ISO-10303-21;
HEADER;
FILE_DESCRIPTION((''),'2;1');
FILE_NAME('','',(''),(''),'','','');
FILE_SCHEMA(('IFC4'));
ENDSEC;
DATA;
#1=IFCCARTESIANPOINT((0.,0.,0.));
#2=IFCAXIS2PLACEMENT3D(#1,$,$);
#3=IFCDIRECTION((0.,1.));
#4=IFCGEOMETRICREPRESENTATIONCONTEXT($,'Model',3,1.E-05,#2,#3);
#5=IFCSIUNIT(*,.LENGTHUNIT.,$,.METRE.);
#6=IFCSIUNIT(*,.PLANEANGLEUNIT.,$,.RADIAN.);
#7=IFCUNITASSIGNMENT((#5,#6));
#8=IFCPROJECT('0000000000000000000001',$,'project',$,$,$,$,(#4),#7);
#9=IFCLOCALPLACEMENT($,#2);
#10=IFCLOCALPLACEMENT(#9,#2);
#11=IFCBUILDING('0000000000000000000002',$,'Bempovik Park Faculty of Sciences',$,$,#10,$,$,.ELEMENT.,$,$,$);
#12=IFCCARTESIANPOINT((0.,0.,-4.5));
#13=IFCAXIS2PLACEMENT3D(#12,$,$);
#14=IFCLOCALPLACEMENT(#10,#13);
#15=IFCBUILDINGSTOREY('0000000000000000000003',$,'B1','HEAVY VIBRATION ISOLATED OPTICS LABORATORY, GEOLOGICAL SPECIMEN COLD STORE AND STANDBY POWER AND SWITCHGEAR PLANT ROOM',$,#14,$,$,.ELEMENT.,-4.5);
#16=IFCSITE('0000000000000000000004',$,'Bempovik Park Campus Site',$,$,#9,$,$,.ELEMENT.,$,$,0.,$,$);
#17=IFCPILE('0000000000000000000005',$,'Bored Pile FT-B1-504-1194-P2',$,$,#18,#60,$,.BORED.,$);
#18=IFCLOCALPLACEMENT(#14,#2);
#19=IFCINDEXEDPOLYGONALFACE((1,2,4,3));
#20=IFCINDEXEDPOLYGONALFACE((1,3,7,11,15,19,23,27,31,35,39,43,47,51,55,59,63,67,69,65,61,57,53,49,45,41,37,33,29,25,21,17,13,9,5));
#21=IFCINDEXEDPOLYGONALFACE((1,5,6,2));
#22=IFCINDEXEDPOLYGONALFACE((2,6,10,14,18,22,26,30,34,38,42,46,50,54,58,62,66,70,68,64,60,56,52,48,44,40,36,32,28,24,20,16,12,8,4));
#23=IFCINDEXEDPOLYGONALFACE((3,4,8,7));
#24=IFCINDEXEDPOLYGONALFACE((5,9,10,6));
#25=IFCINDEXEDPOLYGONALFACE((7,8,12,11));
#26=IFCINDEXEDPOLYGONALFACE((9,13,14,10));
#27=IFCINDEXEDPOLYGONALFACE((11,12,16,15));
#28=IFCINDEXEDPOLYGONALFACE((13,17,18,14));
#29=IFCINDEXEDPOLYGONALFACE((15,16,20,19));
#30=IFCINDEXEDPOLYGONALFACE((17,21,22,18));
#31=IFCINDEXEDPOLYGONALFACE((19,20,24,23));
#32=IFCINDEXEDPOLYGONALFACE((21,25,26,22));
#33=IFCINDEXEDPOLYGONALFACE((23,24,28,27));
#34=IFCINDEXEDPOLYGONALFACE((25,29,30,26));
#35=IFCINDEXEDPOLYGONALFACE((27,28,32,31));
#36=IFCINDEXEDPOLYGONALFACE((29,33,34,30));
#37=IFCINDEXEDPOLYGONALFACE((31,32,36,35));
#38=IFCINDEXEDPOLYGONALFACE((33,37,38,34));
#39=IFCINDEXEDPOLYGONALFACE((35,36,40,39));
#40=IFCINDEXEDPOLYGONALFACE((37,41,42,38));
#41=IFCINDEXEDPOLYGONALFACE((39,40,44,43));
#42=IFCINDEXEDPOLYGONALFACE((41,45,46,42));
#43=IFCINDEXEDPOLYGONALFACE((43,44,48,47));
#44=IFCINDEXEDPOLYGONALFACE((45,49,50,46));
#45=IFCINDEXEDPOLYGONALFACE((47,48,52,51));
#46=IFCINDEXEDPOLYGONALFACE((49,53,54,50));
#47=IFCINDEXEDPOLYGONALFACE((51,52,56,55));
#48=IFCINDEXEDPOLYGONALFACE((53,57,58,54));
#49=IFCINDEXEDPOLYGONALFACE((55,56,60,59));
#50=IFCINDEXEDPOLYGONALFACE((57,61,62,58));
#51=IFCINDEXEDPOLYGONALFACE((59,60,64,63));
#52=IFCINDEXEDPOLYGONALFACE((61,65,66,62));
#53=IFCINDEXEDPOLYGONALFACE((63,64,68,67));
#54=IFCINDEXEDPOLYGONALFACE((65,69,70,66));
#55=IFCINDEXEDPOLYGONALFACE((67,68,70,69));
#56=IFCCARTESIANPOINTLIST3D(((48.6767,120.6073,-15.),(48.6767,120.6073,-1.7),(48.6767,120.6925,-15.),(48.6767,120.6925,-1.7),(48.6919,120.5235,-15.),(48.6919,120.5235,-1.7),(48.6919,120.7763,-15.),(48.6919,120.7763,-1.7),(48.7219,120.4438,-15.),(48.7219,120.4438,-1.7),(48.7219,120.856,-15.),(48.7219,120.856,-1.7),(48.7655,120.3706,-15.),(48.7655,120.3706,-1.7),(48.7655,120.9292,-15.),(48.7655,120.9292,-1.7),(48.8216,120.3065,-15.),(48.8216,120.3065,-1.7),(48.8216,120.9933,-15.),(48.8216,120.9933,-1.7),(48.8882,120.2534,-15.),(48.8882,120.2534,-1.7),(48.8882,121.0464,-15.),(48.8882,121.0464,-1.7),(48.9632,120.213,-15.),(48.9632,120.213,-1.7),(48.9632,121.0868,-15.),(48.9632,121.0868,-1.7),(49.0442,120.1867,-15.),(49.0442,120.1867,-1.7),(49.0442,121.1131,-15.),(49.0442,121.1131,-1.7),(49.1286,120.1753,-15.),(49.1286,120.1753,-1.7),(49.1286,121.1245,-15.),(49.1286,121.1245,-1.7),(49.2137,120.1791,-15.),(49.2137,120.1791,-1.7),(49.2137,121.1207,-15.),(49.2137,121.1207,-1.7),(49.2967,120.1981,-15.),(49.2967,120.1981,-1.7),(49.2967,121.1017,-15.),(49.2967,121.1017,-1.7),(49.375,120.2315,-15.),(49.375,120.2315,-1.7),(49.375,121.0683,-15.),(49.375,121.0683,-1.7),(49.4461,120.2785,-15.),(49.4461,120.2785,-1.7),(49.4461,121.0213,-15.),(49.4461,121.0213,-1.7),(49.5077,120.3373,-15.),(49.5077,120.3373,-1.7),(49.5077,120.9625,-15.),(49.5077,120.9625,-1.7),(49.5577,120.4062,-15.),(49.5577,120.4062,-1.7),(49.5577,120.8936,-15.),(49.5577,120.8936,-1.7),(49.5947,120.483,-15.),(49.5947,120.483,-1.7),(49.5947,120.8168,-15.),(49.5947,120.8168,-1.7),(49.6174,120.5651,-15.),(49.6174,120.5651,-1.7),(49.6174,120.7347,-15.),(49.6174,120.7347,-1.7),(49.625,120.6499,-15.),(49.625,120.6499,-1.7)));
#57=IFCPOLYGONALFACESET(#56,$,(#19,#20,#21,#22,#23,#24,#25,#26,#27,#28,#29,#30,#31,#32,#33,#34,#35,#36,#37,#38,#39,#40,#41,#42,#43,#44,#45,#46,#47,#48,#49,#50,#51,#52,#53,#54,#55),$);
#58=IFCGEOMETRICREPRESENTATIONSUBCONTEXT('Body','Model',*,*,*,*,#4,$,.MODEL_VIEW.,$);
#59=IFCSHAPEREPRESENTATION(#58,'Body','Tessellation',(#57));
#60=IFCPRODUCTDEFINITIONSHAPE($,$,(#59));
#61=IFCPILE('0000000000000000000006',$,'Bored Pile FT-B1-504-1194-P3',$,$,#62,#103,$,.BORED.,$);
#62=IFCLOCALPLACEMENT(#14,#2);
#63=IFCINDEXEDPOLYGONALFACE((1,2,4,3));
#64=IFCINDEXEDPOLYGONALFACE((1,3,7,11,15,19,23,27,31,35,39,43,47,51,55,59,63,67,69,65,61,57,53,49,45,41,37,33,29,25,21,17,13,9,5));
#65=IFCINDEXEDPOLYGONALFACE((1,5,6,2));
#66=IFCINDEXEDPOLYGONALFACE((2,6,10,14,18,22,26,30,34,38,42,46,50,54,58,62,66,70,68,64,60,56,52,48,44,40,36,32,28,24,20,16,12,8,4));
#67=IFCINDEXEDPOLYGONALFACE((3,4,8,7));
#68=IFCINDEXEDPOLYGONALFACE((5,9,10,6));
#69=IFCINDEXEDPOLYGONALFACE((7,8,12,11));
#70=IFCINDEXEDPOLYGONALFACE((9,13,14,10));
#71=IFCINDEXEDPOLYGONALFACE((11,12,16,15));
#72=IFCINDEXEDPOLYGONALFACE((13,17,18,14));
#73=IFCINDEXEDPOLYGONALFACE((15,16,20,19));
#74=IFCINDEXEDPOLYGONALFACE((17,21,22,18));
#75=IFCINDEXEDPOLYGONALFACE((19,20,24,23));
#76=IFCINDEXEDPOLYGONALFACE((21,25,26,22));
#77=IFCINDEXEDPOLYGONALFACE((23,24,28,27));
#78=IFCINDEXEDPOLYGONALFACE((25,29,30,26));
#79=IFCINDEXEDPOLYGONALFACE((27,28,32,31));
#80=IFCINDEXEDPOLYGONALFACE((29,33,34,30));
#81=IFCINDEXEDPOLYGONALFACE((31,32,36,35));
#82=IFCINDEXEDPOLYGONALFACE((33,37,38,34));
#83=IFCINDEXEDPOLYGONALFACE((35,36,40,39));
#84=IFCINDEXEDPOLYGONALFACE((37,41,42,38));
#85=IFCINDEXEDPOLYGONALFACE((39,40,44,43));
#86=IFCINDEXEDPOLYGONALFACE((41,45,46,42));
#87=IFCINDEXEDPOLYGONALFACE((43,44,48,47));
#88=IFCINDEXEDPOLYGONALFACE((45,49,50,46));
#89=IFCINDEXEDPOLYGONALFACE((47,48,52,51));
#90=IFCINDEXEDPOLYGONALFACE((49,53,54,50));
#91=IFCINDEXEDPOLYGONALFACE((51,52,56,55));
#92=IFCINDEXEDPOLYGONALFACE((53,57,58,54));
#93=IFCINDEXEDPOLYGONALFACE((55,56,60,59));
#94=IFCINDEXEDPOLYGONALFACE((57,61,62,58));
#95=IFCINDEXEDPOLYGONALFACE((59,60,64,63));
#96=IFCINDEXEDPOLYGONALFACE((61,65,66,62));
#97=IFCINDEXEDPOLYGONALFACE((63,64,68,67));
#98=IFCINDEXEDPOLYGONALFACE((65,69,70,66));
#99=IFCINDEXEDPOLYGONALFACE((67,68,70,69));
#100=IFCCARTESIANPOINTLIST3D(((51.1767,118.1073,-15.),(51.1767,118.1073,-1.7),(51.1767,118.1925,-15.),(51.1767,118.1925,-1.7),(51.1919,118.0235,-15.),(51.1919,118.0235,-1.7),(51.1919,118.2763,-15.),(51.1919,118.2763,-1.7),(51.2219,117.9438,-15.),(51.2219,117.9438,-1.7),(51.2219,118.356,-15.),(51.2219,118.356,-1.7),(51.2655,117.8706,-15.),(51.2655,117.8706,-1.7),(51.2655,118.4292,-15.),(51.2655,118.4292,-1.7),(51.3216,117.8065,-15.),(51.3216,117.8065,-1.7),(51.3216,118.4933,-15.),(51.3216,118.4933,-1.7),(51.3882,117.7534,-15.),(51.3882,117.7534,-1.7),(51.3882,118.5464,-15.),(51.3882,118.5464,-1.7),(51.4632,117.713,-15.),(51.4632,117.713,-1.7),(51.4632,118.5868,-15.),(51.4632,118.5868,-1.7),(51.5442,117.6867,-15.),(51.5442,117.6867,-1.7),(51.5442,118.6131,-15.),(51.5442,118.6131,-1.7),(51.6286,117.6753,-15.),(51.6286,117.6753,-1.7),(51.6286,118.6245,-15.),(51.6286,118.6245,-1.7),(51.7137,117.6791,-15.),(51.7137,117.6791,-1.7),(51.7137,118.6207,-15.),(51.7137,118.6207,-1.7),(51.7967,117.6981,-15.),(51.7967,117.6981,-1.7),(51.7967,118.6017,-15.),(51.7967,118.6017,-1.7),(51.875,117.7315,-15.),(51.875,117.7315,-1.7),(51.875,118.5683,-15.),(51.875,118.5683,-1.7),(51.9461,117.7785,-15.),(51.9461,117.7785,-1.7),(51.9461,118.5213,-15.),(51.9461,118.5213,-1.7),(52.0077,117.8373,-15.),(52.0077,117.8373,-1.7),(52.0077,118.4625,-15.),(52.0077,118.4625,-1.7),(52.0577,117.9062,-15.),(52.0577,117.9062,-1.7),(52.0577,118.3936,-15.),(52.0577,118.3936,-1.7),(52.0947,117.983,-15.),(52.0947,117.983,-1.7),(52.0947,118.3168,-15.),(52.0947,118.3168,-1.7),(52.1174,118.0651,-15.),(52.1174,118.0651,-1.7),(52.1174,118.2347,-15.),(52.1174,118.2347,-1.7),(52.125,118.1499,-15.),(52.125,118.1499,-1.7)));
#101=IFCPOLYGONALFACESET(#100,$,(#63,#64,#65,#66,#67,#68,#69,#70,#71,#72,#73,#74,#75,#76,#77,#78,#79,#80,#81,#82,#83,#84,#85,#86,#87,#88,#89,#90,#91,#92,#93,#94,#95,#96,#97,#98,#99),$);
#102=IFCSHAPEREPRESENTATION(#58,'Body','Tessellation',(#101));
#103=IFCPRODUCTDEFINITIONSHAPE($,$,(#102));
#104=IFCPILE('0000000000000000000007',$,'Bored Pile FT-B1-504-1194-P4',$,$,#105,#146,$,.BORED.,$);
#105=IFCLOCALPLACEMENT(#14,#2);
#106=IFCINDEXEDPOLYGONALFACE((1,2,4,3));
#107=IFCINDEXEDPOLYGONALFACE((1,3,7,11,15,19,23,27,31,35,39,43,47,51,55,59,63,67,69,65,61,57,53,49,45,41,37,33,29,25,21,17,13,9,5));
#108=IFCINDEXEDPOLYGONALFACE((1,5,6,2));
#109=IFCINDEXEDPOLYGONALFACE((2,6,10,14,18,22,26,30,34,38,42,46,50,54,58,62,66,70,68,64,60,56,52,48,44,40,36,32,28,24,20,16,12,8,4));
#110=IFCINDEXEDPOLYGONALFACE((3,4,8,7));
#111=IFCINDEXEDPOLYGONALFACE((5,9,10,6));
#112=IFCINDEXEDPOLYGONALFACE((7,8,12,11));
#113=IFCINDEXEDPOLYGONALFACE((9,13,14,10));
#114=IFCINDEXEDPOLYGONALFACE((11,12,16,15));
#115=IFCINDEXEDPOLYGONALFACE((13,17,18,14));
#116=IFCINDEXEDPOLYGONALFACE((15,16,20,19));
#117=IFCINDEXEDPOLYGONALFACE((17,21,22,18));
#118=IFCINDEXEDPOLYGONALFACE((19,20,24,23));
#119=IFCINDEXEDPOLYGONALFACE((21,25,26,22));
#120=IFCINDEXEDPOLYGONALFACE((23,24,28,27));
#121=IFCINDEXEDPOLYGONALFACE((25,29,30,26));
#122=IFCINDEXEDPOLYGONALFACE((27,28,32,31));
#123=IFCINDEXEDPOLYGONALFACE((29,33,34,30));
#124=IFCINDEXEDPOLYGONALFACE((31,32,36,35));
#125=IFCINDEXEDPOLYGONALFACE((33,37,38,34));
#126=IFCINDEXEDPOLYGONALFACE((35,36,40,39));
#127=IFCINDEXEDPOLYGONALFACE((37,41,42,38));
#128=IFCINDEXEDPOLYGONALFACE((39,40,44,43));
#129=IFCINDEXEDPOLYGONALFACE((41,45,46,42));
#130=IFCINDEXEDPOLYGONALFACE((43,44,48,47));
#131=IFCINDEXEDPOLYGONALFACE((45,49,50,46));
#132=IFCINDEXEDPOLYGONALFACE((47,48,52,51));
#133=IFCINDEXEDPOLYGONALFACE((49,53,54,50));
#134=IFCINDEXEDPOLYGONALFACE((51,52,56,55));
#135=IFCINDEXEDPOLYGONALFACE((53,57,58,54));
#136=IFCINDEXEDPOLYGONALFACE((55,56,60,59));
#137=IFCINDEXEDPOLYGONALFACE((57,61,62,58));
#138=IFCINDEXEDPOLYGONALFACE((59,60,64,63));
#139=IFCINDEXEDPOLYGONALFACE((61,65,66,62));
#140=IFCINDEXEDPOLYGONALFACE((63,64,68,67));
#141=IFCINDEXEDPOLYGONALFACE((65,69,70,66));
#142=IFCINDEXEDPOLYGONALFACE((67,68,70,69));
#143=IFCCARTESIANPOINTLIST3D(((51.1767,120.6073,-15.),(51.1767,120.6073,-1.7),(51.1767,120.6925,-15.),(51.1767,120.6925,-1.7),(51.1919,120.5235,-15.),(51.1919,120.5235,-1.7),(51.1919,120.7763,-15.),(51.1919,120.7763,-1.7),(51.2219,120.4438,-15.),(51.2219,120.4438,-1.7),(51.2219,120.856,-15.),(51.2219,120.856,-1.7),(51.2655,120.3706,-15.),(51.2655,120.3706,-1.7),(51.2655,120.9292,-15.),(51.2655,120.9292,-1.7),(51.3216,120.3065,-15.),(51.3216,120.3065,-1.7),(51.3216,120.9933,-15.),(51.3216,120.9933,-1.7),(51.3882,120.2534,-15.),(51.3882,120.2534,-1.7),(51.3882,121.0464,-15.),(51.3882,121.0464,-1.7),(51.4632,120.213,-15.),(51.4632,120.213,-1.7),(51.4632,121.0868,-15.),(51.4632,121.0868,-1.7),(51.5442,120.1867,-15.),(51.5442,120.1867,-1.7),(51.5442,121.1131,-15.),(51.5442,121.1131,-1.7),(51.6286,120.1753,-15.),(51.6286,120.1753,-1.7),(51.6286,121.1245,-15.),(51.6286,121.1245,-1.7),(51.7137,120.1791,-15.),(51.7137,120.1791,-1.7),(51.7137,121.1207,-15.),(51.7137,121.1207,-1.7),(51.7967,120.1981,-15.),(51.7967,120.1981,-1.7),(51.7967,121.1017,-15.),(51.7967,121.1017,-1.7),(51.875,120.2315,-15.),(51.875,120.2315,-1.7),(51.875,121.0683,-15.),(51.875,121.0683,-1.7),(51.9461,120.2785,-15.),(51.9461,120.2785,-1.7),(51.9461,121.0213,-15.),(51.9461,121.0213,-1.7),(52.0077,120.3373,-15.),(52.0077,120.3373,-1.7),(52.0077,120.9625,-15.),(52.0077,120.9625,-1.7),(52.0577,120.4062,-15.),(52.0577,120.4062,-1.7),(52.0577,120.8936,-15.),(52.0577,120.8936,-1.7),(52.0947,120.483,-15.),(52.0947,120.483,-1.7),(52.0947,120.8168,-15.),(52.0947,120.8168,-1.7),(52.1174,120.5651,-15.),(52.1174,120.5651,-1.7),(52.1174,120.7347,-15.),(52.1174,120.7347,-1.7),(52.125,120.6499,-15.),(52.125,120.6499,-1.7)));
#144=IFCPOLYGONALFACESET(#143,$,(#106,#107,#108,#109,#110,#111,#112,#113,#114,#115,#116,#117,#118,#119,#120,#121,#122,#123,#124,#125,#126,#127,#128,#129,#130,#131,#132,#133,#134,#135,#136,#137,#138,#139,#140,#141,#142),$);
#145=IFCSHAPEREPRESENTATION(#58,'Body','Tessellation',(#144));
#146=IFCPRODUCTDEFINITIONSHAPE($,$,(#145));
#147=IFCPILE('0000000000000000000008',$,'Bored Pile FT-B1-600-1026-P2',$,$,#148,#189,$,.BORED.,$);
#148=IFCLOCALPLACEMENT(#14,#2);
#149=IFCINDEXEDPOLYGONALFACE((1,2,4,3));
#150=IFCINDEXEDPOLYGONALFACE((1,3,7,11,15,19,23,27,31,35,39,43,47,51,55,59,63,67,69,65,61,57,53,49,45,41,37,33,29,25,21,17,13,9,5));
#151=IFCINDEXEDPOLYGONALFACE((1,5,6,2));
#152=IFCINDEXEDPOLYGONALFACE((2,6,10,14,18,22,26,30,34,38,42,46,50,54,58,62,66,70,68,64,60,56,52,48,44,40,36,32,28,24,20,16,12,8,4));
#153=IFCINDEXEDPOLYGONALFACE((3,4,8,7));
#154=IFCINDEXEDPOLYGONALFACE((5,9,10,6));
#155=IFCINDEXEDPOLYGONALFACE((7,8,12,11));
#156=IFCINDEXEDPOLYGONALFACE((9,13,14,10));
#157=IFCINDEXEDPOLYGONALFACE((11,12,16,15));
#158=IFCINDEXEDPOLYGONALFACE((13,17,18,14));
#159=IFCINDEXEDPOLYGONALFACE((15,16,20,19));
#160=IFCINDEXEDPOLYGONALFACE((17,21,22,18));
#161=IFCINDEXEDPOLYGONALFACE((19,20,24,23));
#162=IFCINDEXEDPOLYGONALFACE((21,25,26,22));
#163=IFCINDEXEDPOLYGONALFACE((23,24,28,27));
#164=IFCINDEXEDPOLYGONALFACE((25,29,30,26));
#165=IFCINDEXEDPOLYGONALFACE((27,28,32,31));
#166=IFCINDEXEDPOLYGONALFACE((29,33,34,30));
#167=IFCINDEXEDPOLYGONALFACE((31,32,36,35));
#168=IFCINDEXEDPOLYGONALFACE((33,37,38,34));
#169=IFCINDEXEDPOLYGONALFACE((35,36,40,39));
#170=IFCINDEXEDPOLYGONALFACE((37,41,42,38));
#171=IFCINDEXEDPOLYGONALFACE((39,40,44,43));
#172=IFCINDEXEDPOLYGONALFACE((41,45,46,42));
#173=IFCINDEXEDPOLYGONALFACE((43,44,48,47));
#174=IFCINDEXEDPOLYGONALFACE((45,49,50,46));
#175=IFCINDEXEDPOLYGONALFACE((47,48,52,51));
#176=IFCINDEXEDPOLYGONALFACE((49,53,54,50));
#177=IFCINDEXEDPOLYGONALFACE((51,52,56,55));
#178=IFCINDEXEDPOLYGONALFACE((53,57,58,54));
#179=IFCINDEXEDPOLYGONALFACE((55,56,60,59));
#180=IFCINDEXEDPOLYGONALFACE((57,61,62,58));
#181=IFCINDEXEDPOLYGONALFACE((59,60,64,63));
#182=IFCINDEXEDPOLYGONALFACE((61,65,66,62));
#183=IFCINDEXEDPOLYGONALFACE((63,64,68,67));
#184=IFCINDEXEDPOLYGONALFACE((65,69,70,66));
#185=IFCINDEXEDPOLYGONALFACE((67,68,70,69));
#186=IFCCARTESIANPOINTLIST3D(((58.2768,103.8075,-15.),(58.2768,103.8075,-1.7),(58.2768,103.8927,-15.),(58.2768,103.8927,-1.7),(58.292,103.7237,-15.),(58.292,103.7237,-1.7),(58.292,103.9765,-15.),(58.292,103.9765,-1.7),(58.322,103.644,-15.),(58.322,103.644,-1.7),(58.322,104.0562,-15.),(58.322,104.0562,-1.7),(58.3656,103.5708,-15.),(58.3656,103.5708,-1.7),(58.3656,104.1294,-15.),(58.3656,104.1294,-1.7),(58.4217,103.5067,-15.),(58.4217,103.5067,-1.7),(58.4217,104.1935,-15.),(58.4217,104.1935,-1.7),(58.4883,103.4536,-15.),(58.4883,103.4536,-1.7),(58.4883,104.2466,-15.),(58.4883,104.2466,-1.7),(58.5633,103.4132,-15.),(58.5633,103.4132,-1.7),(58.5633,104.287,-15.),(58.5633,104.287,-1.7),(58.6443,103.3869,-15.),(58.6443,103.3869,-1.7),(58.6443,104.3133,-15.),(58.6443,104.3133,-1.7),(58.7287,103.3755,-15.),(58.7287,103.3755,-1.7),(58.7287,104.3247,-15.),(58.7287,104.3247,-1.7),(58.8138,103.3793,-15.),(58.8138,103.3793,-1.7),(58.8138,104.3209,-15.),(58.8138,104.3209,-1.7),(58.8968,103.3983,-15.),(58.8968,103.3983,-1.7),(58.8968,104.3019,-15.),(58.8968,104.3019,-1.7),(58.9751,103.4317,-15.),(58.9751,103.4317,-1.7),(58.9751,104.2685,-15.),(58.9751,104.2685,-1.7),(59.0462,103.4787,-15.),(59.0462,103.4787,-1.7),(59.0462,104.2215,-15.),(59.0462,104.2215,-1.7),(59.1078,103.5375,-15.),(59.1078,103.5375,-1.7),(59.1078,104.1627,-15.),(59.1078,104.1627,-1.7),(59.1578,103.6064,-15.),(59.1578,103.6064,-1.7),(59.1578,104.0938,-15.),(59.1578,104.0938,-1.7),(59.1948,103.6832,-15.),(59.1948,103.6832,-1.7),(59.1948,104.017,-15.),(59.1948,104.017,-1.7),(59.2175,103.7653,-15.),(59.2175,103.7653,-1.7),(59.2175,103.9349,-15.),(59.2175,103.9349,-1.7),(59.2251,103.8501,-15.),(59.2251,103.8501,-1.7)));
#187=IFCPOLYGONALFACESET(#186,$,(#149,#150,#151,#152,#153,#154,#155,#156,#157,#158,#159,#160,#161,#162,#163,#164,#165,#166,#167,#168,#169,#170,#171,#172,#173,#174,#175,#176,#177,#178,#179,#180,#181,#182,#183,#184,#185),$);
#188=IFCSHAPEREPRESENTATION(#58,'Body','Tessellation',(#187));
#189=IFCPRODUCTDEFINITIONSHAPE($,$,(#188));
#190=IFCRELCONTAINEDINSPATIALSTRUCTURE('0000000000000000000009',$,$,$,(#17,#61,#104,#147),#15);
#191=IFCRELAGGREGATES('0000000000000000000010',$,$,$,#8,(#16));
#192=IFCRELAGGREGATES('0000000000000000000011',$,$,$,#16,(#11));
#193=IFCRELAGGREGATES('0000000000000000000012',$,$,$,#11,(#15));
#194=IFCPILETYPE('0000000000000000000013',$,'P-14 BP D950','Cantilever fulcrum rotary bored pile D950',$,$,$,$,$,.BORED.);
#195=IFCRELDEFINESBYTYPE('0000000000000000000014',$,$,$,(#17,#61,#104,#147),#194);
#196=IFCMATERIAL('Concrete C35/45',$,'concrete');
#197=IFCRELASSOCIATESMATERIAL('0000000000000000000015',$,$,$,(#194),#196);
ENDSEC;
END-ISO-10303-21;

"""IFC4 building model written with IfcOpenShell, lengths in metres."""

from ifc_helpers import new_model, si_unit, direction, frame, origin, origin_2d, place, context, subcontext, project, spatial, circle, extrude, material, material_profile, profile_set, type_object, element, save


model = new_model("IFC4")

# Units and contexts
model_context = context("Model", 3, precision=1e-05, world=origin(), true_north=direction((0.0, 1.0)))
body_context = subcontext(model_context, "Body", "Model", "MODEL_VIEW")
ifc_project = project(units=[si_unit("LENGTHUNIT", "METRE"), si_unit("PLANEANGLEUNIT", "RADIAN")], contexts=[model_context])

# Site, building, storey
site_placement = place(None, origin())
site = spatial("IfcSite", under=ifc_project, at=site_placement, Name="Bempovik Park Campus Site", CompositionType="ELEMENT", RefElevation=0.0)
building_placement = place(site_placement, origin())
building = spatial("IfcBuilding", under=site, at=building_placement, Name="Bempovik Park Faculty of Sciences", CompositionType="ELEMENT")
storey_placement = place(building_placement, frame((0.0, 0.0, -4.5)))
storey = spatial("IfcBuildingStorey", under=building, at=storey_placement, Name="B1", Description="HEAVY VIBRATION ISOLATED OPTICS LABORATORY, GEOLOGICAL SPECIMEN COLD STORE AND STANDBY POWER AND SWITCHGEAR PLANT ROOM", CompositionType="ELEMENT", Elevation=-4.5)

# Shared definitions
ifc_material_1 = material(Name="Concrete C35/45", Category="concrete")

# Piles
ifc_material_profile_1 = material_profile(ifc_material_1, circle(Radius=0.4751, at=origin_2d()), Name="BP D950")
ifc_profile_set_1 = profile_set([ifc_material_profile_1], Name="Concrete C35/45")
pile_type = type_object("IfcPileType", Name="P-14 BP D950", Description="Cantilever fulcrum rotary bored pile D950", PredefinedType="BORED", material=ifc_profile_set_1)
for number, where, z_axis, x_axis, name in (
    (1, (49.1499, 120.6499, -1.7), (0.0, 0.0, -1.0), (1.0, 0.0, 0.0), "Bored Pile FT-B1-504-1194-P2"),
    (2, (51.6499, 118.1499, -1.7), (0.0, 0.0, -1.0), (1.0, 0.0, 0.0), "Bored Pile FT-B1-504-1194-P3"),
    (3, (51.6499, 120.6499, -1.7), (0.0, 0.0, -1.0), (1.0, 0.0, 0.0), "Bored Pile FT-B1-504-1194-P4"),
    (4, (58.75, 103.8501, -1.7), (0.0, 0.0, -1.0), (1.0, 0.0, 0.0), "Bored Pile FT-B1-600-1026-P2"),
):
    element("IfcPile", number, at=place(storey_placement, frame(where, z_axis=z_axis, x_axis=x_axis)), inside=storey, type_object=pile_type, Name=name, PredefinedType="BORED", context=body_context, shape_type="SweptSolid", body=[
        extrude(circle(Radius=0.4751, at=origin_2d()), origin(), (0.0, 0.0, 1.0), 13.3),
    ])

save(model, "model.ifc")
